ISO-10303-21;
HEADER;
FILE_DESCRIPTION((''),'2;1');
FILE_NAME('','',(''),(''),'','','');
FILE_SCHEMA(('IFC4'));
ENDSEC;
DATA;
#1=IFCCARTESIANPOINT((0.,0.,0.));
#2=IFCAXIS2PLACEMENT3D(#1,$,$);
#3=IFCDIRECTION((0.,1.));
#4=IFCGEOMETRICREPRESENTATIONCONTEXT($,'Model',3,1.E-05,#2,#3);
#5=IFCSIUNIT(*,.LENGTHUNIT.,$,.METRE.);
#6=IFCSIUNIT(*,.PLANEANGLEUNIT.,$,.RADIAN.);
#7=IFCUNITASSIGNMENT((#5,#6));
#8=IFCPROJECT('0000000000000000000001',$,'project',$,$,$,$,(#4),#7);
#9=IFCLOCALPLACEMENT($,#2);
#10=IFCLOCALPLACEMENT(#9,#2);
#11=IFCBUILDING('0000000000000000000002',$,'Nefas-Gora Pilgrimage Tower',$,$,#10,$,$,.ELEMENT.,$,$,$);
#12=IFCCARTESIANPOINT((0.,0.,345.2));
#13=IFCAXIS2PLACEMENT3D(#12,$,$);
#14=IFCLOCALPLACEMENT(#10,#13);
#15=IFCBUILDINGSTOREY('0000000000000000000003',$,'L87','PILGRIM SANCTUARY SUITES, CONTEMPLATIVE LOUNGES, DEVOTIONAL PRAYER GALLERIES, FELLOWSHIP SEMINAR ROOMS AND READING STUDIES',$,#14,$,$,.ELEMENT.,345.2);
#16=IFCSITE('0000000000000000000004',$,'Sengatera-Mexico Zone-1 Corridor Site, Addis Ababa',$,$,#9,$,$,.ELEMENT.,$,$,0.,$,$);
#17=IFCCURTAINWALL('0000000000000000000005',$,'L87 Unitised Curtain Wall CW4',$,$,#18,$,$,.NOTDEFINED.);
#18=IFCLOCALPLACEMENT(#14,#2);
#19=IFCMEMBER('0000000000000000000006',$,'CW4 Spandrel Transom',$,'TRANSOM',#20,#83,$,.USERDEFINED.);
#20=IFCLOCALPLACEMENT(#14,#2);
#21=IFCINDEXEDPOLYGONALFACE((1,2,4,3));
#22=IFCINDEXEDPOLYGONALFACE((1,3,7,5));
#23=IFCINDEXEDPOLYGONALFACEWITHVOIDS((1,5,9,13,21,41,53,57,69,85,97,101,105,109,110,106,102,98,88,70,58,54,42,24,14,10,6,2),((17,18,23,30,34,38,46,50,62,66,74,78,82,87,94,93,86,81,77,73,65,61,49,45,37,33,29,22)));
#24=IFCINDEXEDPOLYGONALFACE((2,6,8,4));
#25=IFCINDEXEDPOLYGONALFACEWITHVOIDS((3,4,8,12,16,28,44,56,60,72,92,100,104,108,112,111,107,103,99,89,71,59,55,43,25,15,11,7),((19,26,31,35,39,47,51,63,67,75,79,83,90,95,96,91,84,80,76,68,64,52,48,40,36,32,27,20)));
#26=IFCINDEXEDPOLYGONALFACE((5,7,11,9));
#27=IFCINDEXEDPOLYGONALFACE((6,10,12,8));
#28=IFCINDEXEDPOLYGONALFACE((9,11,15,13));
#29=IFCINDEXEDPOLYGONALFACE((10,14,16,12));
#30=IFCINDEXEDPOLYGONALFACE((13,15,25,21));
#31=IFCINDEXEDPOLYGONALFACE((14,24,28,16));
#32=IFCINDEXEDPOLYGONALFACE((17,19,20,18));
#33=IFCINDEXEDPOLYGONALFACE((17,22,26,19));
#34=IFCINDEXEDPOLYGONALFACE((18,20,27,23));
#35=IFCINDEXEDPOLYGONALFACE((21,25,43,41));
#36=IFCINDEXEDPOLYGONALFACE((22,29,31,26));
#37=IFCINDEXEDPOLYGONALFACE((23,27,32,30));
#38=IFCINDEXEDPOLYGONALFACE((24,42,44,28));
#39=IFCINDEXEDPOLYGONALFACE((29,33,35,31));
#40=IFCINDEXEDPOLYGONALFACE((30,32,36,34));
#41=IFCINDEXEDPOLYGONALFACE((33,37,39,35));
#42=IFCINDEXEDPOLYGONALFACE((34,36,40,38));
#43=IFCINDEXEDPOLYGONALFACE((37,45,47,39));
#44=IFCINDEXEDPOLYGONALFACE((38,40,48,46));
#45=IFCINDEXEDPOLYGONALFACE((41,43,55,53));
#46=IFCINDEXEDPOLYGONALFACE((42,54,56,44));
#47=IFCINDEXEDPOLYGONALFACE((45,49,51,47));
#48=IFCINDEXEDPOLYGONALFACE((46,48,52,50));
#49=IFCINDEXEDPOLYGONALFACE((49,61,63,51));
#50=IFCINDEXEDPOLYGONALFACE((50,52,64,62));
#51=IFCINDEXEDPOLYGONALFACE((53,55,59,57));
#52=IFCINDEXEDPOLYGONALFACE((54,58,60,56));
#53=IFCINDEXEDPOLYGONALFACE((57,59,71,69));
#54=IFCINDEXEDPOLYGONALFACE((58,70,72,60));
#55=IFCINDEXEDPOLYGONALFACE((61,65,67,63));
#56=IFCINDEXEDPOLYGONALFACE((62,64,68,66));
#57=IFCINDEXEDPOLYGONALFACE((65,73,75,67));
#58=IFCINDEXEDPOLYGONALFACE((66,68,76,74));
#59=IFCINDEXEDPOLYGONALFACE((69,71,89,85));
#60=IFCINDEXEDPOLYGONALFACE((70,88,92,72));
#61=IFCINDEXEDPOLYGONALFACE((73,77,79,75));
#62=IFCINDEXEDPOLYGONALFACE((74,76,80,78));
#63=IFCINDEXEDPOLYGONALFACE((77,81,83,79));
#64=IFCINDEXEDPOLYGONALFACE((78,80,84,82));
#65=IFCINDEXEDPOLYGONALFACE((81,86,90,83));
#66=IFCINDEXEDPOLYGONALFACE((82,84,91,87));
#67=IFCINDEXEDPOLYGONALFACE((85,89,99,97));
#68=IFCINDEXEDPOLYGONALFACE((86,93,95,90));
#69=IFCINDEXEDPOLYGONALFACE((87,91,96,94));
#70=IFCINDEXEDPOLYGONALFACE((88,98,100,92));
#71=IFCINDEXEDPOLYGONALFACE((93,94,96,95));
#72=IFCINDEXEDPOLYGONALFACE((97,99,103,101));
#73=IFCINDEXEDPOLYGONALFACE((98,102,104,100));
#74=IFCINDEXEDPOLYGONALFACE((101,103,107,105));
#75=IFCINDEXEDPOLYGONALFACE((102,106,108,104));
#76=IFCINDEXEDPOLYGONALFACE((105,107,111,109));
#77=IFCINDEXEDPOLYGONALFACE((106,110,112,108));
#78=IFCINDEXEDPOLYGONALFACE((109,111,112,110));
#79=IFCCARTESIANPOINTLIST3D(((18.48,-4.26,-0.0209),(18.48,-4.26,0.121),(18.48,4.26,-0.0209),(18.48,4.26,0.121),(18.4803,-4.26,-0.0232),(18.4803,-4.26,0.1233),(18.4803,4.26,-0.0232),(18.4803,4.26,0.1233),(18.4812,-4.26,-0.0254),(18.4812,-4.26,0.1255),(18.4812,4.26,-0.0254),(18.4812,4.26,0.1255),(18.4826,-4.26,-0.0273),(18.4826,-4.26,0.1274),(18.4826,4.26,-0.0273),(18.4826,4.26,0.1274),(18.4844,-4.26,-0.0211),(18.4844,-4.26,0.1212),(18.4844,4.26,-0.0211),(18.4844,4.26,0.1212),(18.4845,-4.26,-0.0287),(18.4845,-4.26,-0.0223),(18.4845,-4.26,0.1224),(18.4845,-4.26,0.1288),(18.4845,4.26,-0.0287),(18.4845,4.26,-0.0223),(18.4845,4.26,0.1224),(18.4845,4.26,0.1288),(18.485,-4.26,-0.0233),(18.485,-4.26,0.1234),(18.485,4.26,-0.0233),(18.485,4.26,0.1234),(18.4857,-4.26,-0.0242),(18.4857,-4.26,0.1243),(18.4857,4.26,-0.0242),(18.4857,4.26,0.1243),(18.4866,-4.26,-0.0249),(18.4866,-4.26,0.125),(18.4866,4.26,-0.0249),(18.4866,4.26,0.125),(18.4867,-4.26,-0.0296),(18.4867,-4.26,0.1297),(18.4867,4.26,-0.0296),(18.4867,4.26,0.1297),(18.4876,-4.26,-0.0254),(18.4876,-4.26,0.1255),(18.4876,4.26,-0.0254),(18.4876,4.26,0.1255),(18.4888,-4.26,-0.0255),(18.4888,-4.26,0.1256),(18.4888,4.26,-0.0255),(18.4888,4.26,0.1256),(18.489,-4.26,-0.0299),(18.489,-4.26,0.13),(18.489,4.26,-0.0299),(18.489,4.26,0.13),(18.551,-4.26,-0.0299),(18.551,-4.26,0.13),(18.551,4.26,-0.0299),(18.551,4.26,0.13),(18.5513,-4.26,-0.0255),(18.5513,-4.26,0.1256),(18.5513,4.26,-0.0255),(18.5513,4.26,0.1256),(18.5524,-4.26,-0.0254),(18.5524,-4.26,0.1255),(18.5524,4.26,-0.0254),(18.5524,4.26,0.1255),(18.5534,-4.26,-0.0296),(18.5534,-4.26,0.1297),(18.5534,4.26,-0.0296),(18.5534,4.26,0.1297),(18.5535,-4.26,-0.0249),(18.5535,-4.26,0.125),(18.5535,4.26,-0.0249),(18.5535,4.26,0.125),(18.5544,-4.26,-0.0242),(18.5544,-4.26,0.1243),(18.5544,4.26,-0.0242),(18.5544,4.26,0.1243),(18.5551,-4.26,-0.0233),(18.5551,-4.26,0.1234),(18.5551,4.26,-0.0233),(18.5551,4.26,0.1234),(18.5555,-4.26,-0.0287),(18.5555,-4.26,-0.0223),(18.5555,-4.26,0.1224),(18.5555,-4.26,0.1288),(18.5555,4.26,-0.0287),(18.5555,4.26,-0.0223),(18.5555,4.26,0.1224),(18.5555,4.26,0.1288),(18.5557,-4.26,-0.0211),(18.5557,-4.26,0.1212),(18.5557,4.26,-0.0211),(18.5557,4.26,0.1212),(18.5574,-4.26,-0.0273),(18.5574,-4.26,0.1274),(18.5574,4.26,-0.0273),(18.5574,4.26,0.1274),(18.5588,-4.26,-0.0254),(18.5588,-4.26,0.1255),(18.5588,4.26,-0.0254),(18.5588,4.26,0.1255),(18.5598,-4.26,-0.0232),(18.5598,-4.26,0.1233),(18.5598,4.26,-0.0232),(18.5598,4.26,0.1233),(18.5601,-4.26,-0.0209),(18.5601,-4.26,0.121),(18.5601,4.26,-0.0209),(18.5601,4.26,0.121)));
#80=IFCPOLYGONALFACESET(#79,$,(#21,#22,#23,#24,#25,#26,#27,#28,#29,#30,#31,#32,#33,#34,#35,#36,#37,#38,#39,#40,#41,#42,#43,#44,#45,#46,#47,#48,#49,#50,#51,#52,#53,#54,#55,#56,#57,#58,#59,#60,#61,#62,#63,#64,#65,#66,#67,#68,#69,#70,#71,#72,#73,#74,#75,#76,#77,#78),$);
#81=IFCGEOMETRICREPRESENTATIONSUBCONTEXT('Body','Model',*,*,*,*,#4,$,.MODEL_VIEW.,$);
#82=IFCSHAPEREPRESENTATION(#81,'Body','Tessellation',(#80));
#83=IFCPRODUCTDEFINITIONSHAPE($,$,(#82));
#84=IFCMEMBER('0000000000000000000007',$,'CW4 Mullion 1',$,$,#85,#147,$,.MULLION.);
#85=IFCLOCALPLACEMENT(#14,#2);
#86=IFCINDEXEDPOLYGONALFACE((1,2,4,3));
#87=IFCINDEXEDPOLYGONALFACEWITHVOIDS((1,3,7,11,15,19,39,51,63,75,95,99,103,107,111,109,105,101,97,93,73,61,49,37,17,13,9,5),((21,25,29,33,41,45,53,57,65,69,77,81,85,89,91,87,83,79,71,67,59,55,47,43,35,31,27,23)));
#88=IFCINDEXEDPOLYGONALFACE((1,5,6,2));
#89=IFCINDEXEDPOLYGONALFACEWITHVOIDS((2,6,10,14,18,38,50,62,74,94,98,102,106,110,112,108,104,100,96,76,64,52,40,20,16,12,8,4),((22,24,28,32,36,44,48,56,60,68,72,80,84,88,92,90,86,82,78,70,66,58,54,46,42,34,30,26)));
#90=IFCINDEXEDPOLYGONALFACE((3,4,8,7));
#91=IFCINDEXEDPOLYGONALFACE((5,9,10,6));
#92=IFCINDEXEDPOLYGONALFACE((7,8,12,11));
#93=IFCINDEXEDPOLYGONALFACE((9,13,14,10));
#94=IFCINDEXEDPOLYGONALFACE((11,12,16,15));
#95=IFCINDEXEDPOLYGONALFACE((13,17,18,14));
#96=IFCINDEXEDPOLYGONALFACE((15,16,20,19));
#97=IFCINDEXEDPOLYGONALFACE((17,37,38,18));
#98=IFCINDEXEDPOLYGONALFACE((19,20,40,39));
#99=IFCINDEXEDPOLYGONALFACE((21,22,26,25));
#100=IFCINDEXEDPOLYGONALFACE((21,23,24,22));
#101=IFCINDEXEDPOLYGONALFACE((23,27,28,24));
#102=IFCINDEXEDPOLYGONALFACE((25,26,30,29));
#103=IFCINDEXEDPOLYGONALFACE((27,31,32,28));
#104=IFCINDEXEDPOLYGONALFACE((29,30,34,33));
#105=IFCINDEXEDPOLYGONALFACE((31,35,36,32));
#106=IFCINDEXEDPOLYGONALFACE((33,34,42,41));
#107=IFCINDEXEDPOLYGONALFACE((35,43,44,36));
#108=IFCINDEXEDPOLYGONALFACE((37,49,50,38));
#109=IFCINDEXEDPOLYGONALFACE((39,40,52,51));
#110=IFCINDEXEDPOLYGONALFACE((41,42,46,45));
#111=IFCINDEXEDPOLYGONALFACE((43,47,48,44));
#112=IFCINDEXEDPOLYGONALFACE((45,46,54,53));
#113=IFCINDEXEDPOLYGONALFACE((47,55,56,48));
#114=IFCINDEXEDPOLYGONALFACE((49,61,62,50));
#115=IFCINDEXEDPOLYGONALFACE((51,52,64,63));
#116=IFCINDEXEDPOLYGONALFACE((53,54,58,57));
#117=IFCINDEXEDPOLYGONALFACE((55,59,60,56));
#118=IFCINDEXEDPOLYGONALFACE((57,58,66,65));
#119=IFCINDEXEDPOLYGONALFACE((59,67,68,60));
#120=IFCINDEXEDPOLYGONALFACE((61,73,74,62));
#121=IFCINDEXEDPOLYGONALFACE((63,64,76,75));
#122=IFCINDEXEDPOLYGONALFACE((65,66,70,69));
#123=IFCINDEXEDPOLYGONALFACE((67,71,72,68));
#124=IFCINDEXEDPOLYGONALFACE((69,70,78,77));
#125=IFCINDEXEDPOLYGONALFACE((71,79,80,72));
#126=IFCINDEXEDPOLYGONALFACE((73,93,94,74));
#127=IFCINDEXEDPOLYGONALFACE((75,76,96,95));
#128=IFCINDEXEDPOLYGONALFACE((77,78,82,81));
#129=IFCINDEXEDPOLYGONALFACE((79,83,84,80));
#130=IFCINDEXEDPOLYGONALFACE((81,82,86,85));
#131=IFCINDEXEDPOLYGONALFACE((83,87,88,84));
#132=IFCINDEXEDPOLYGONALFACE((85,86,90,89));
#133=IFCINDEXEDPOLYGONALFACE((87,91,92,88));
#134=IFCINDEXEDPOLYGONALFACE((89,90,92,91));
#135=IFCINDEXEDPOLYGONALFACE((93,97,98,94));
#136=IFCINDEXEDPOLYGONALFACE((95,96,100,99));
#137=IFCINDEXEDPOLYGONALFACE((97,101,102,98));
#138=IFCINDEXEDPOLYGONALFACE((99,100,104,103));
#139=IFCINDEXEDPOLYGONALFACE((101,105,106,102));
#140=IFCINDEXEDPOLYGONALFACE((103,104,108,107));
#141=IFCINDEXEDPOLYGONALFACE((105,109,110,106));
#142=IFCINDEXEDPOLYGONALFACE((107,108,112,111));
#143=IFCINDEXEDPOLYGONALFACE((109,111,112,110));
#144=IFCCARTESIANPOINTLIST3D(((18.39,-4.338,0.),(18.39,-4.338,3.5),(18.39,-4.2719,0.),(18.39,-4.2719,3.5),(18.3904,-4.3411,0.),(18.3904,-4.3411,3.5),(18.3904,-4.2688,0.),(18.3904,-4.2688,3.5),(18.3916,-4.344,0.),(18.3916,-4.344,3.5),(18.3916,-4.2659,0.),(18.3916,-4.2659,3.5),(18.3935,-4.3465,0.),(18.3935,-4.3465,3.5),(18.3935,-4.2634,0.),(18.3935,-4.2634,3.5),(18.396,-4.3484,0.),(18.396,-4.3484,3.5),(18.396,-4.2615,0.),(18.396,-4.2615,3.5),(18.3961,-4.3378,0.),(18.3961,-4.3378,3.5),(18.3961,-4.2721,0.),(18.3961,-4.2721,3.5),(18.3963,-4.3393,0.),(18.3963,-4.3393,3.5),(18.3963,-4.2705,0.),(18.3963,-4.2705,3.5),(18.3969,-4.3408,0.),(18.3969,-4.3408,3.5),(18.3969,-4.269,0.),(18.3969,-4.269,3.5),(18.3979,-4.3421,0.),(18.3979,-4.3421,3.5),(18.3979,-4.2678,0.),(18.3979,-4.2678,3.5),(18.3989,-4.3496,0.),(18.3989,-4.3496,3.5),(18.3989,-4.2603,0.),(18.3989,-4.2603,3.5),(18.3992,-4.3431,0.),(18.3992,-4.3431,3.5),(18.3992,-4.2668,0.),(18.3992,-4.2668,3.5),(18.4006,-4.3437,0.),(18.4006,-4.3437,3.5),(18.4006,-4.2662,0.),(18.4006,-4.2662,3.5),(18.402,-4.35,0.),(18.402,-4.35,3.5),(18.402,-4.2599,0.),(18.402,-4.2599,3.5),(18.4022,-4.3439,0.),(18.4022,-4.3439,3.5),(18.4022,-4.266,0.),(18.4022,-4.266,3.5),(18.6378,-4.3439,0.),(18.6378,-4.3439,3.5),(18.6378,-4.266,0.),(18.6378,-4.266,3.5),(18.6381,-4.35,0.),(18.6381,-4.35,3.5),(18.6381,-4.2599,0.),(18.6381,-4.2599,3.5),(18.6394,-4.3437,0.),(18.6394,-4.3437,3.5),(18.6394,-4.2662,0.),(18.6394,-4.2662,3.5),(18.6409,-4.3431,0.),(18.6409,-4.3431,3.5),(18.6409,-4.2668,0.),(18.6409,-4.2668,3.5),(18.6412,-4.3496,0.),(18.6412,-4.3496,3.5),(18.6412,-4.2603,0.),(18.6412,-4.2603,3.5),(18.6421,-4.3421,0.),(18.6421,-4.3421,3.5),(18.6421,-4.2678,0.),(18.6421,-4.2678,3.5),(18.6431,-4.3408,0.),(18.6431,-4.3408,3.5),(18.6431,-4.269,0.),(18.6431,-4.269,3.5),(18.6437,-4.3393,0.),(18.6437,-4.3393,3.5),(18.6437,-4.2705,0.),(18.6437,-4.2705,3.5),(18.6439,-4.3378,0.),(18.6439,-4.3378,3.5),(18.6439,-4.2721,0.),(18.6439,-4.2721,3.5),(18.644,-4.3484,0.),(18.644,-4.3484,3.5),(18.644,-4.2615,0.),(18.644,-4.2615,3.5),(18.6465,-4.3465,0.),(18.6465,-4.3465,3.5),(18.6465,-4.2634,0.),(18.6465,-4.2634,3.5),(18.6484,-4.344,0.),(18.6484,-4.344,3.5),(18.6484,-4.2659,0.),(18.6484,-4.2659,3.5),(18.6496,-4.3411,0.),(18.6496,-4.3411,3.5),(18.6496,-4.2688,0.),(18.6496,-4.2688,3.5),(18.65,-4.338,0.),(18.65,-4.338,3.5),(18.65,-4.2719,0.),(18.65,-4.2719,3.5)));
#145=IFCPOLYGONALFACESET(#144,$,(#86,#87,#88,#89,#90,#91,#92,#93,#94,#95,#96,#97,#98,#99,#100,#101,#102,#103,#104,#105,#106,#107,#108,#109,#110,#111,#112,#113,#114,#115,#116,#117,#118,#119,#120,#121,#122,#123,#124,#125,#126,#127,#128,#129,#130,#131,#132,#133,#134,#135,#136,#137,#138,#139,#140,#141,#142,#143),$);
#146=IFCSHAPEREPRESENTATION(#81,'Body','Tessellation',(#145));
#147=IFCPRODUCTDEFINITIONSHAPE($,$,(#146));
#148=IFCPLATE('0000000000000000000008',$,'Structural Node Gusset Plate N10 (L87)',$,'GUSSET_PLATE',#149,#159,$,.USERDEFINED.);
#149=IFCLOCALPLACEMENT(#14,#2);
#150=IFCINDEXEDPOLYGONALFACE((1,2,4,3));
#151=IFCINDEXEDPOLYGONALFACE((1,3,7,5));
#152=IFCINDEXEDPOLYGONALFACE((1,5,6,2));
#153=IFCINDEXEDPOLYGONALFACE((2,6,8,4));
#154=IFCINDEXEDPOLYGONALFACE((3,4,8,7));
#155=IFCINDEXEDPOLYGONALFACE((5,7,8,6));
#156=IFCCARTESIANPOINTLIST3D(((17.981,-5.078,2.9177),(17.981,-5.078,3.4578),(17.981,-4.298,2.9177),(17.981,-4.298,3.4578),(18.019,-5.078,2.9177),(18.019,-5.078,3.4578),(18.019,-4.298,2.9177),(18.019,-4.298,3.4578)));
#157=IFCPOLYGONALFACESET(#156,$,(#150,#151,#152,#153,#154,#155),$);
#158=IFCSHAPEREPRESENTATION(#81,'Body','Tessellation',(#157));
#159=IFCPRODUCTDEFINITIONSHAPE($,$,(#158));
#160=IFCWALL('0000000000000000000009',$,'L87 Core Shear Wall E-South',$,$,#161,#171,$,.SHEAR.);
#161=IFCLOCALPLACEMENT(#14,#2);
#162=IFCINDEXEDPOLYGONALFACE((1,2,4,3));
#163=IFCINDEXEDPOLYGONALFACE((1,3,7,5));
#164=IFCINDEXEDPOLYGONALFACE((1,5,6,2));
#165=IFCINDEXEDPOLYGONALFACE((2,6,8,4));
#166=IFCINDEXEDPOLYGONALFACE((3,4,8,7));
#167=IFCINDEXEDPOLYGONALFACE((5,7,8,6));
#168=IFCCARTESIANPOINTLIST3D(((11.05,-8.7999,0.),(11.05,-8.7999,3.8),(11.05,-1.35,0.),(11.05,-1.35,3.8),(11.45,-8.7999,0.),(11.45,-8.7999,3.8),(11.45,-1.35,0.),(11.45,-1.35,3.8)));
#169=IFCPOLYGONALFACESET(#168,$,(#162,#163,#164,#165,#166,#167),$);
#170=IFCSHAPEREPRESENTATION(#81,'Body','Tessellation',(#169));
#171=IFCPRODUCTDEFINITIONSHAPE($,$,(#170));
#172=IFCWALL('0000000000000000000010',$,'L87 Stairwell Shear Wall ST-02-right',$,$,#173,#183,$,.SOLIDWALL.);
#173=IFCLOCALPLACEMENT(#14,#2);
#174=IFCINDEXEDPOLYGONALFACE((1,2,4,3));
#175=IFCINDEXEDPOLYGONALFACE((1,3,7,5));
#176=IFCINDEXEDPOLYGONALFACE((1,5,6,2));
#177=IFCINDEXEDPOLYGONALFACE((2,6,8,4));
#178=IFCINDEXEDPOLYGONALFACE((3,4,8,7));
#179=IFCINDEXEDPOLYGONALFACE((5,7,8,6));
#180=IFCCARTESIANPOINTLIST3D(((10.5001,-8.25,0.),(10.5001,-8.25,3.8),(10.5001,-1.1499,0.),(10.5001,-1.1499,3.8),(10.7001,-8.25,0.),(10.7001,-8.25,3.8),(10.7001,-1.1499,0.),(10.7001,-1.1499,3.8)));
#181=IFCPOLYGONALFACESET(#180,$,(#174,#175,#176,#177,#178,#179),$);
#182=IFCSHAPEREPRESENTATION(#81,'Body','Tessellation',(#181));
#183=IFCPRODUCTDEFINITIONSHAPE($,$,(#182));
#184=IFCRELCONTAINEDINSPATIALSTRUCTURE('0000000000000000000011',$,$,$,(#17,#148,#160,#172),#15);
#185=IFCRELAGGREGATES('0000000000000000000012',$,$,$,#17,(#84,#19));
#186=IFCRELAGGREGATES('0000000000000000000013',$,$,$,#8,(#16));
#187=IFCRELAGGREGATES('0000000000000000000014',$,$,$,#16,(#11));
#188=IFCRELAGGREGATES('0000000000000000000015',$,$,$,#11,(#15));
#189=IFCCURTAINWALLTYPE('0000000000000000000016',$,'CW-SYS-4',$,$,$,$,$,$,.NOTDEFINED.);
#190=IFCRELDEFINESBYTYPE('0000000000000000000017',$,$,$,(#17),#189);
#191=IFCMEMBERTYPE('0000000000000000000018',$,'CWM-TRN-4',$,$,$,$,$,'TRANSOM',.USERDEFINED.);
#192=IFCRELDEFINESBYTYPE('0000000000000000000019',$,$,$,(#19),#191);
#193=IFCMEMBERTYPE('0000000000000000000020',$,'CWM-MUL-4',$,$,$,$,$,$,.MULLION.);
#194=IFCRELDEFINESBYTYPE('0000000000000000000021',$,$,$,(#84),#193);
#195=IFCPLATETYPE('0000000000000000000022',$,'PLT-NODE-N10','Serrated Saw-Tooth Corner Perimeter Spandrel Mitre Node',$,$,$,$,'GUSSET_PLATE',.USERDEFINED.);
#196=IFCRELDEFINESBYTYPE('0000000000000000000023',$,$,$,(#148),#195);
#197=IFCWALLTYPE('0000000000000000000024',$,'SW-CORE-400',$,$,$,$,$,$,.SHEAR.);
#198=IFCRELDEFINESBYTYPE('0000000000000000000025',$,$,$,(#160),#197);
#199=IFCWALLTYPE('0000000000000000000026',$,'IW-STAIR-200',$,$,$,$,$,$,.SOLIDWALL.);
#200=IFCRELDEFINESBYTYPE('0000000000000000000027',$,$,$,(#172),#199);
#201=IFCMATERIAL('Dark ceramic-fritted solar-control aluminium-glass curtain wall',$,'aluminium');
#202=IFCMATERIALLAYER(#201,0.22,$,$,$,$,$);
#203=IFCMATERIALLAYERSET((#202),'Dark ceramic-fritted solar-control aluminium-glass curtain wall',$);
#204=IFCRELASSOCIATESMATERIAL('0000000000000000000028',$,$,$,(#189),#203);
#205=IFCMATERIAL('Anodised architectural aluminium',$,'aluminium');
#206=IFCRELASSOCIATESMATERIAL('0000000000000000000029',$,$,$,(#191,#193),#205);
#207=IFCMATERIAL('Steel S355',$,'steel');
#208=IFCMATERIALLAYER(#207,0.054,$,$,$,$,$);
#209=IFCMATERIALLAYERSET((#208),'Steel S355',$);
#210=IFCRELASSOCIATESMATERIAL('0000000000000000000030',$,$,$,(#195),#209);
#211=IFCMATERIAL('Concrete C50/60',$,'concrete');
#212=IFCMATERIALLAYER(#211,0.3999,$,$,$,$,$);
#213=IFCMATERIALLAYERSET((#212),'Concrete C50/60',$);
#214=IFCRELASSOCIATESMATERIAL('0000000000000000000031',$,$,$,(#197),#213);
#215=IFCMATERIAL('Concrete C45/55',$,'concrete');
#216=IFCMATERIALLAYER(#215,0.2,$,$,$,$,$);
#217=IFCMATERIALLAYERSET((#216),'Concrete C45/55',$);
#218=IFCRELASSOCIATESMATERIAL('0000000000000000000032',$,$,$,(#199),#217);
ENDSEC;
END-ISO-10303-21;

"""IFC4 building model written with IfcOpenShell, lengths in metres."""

from ifc_helpers import new_model, si_unit, direction, frame, frame_2d, origin, origin_2d, place, context, subcontext, project, spatial, rectangle, hollow_rectangle, extrude, source, transform, mapped, material, layer, layer_set, material_profile, profile_set, type_object, element, aggregate, save


model = new_model("IFC4")

# Units and contexts
model_context = context("Model", 3, precision=1e-05, world=origin(), true_north=direction((0.0, 1.0)))
body_context = subcontext(model_context, "Body", "Model", "MODEL_VIEW")
ifc_project = project(units=[si_unit("LENGTHUNIT", "METRE"), si_unit("PLANEANGLEUNIT", "RADIAN")], contexts=[model_context])

# Site, building, storey
site_placement = place(None, origin())
site = spatial("IfcSite", under=ifc_project, at=site_placement, Name="Sengatera-Mexico Zone-1 Corridor Site, Addis Ababa", CompositionType="ELEMENT", RefElevation=0.0)
building_placement = place(site_placement, origin())
building = spatial("IfcBuilding", under=site, at=building_placement, Name="Nefas-Gora Pilgrimage Tower", CompositionType="ELEMENT")
storey_placement = place(building_placement, frame((0.0, 0.0, 345.2)))
storey = spatial("IfcBuildingStorey", under=building, at=storey_placement, Name="L87", Description="PILGRIM SANCTUARY SUITES, CONTEMPLATIVE LOUNGES, DEVOTIONAL PRAYER GALLERIES, FELLOWSHIP SEMINAR ROOMS AND READING STUDIES", CompositionType="ELEMENT", Elevation=345.2)

# Shared definitions
ifc_material_1 = material(Name="Steel S355", Category="steel")

# Shared definitions
ifc_material_2 = material(Name="Concrete C50/60", Category="concrete")

# Curtain wall, members
ifc_material_3 = material(Name="Dark ceramic-fritted solar-control aluminium-glass curtain wall", Category="aluminium")
ifc_layer_1 = layer(ifc_material_3, 0.22)
ifc_layer_set_1 = layer_set([ifc_layer_1], Name="Dark ceramic-fritted solar-control aluminium-glass curtain wall")
curtain_wall_type = type_object("IfcCurtainWallType", Name="CW-SYS-4", PredefinedType="NOTDEFINED", material=ifc_layer_set_1)
curtain_wall_placement = place(storey_placement, origin())
curtain_wall = element("IfcCurtainWall", 1, at=curtain_wall_placement, inside=storey, type_object=curtain_wall_type, Name="L87 Unitised Curtain Wall CW4", PredefinedType="NOTDEFINED")
ifc_material_4 = material(Name="Anodised architectural aluminium", Category="aluminium")
ifc_material_profile_1 = material_profile(ifc_material_4, hollow_rectangle(XDim=0.0801, YDim=0.1599, WallThickness=0.0044, InnerFilletRadius=0.0044, OuterFilletRadius=0.009, at=origin_2d()), Name="ALU TRANSOM 80x160")
ifc_profile_set_1 = profile_set([ifc_material_profile_1], Name="Anodised architectural aluminium")
member_type_1 = type_object("IfcMemberType", Name="CWM-TRN-4", ElementType="TRANSOM", PredefinedType="USERDEFINED", material=ifc_profile_set_1)
shared_shape_1 = source(origin(), body_context, "Body", "SweptSolid", [
    extrude(hollow_rectangle(XDim=0.0801, YDim=0.1599, WallThickness=0.0044, InnerFilletRadius=0.0044, OuterFilletRadius=0.009, at=origin_2d()), origin(), (0.0, 0.0, 1.0), 8.52),
])
member_1_placement = place(storey_placement, frame((18.52, -4.26, 0.05), z_axis=(0.0, 1.0, 0.0), x_axis=(-1.0, 0.0, 0.0)))
member_1 = element("IfcMember", 2, at=member_1_placement, type_object=member_type_1, Name="CW4 Spandrel Transom", ObjectType="TRANSOM", PredefinedType="USERDEFINED", context=body_context, shape_type="MappedRepresentation", body=[
    mapped(shared_shape_1, transform((0.0, 0.0, 0.0), x_axis=(1.0, 0.0, 0.0), y_axis=(0.0, 1.0, 0.0), z_axis=(0.0, 0.0, 1.0), scale=1.0)),
])
ifc_material_profile_2 = material_profile(ifc_material_4, hollow_rectangle(XDim=0.0901, YDim=0.26, WallThickness=0.0061, InnerFilletRadius=0.0061, OuterFilletRadius=0.012, at=origin_2d()), Name="ALU MULLION 90x260")
ifc_profile_set_2 = profile_set([ifc_material_profile_2], Name="Anodised architectural aluminium")
member_type_2 = type_object("IfcMemberType", Name="CWM-MUL-4", PredefinedType="MULLION", material=ifc_profile_set_2)
shared_shape_2 = source(origin(), body_context, "Body", "SweptSolid", [
    extrude(hollow_rectangle(XDim=0.0901, YDim=0.26, WallThickness=0.0061, InnerFilletRadius=0.0061, OuterFilletRadius=0.012, at=origin_2d()), origin(), (0.0, 0.0, 1.0), 3.5),
])
member_2_placement = place(storey_placement, frame((18.52, -4.3049, 0.0), z_axis=(0.0, 0.0, 1.0), x_axis=(0.0, 1.0, 0.0)))
member_2 = element("IfcMember", 3, at=member_2_placement, type_object=member_type_2, Name="CW4 Mullion 1", PredefinedType="MULLION", context=body_context, shape_type="MappedRepresentation", body=[
    mapped(shared_shape_2, transform((0.0, 0.0, 0.0), x_axis=(1.0, 0.0, 0.0), y_axis=(0.0, 1.0, 0.0), z_axis=(0.0, 0.0, 1.0), scale=1.0)),
])
aggregate(curtain_wall, [member_2, member_1])

# Plate
ifc_layer_2 = layer(ifc_material_1, 0.054)
ifc_layer_set_2 = layer_set([ifc_layer_2], Name="Steel S355")
plate_type = type_object("IfcPlateType", Name="PLT-NODE-N10", Description="Serrated Saw-Tooth Corner Perimeter Spandrel Mitre Node", ElementType="GUSSET_PLATE", PredefinedType="USERDEFINED", material=ifc_layer_set_2)
shared_shape_3 = source(origin(), body_context, "Body", "SweptSolid", [
    extrude(rectangle(XDim=0.78, YDim=0.0381, at=origin_2d()), origin(), (0.0, 0.0, 1.0), 0.54),
])
plate_placement = place(storey_placement, frame((18.0, -4.688, 2.9177), z_axis=(0.0, 0.0, 1.0), x_axis=(0.0, 1.0, 0.0)))
element("IfcPlate", 4, at=plate_placement, inside=storey, type_object=plate_type, Name="Structural Node Gusset Plate N10 (L87)", ObjectType="GUSSET_PLATE", PredefinedType="USERDEFINED", context=body_context, shape_type="MappedRepresentation", body=[
    mapped(shared_shape_3, transform((0.0, 0.0, 0.0), x_axis=(1.0, 0.0, 0.0), y_axis=(0.0, 1.0, 0.0), z_axis=(0.0, 0.0, 1.0), scale=1.0)),
])

# Walls
ifc_layer_3 = layer(ifc_material_2, 0.3999)
ifc_layer_set_3 = layer_set([ifc_layer_3], Name="Concrete C50/60")
wall_type_1 = type_object("IfcWallType", Name="SW-CORE-400", PredefinedType="SHEAR", material=ifc_layer_set_3)
shared_shape_4 = source(origin(), body_context, "Body", "SweptSolid", [
    extrude(rectangle(XDim=7.45, YDim=0.3999, at=frame_2d((3.7251, 0.0))), origin(), (0.0, 0.0, 1.0), 3.8),
])
wall_1_placement = place(storey_placement, frame((11.25, -8.8, 0.0), z_axis=(0.0, 0.0, 1.0), x_axis=(0.0, 1.0, 0.0)))
element("IfcWall", 5, at=wall_1_placement, inside=storey, type_object=wall_type_1, Name="L87 Core Shear Wall E-South", PredefinedType="SHEAR", context=body_context, shape_type="MappedRepresentation", body=[
    mapped(shared_shape_4, transform((0.0, 0.0, 0.0), x_axis=(1.0, 0.0, 0.0), y_axis=(0.0, 1.0, 0.0), z_axis=(0.0, 0.0, 1.0), scale=1.0)),
])
ifc_material_5 = material(Name="Concrete C45/55", Category="concrete")
ifc_layer_4 = layer(ifc_material_5, 0.2)
ifc_layer_set_4 = layer_set([ifc_layer_4], Name="Concrete C45/55")
wall_type_2 = type_object("IfcWallType", Name="IW-STAIR-200", PredefinedType="SOLIDWALL", material=ifc_layer_set_4)
shared_shape_5 = source(origin(), body_context, "Body", "SweptSolid", [
    extrude(rectangle(XDim=7.1001, YDim=0.2, at=frame_2d((3.55, 0.0))), origin(), (0.0, 0.0, 1.0), 3.8),
])
wall_2_placement = place(storey_placement, frame((10.6001, -1.1499, 0.0), z_axis=(0.0, 0.0, 1.0), x_axis=(0.0, -1.0, 0.0)))
element("IfcWall", 6, at=wall_2_placement, inside=storey, type_object=wall_type_2, Name="L87 Stairwell Shear Wall ST-02-right", PredefinedType="SOLIDWALL", context=body_context, shape_type="MappedRepresentation", body=[
    mapped(shared_shape_5, transform((0.0, 0.0, 0.0), x_axis=(1.0, 0.0, 0.0), y_axis=(0.0, 1.0, 0.0), z_axis=(0.0, 0.0, 1.0), scale=1.0)),
])

save(model, "model.ifc")
